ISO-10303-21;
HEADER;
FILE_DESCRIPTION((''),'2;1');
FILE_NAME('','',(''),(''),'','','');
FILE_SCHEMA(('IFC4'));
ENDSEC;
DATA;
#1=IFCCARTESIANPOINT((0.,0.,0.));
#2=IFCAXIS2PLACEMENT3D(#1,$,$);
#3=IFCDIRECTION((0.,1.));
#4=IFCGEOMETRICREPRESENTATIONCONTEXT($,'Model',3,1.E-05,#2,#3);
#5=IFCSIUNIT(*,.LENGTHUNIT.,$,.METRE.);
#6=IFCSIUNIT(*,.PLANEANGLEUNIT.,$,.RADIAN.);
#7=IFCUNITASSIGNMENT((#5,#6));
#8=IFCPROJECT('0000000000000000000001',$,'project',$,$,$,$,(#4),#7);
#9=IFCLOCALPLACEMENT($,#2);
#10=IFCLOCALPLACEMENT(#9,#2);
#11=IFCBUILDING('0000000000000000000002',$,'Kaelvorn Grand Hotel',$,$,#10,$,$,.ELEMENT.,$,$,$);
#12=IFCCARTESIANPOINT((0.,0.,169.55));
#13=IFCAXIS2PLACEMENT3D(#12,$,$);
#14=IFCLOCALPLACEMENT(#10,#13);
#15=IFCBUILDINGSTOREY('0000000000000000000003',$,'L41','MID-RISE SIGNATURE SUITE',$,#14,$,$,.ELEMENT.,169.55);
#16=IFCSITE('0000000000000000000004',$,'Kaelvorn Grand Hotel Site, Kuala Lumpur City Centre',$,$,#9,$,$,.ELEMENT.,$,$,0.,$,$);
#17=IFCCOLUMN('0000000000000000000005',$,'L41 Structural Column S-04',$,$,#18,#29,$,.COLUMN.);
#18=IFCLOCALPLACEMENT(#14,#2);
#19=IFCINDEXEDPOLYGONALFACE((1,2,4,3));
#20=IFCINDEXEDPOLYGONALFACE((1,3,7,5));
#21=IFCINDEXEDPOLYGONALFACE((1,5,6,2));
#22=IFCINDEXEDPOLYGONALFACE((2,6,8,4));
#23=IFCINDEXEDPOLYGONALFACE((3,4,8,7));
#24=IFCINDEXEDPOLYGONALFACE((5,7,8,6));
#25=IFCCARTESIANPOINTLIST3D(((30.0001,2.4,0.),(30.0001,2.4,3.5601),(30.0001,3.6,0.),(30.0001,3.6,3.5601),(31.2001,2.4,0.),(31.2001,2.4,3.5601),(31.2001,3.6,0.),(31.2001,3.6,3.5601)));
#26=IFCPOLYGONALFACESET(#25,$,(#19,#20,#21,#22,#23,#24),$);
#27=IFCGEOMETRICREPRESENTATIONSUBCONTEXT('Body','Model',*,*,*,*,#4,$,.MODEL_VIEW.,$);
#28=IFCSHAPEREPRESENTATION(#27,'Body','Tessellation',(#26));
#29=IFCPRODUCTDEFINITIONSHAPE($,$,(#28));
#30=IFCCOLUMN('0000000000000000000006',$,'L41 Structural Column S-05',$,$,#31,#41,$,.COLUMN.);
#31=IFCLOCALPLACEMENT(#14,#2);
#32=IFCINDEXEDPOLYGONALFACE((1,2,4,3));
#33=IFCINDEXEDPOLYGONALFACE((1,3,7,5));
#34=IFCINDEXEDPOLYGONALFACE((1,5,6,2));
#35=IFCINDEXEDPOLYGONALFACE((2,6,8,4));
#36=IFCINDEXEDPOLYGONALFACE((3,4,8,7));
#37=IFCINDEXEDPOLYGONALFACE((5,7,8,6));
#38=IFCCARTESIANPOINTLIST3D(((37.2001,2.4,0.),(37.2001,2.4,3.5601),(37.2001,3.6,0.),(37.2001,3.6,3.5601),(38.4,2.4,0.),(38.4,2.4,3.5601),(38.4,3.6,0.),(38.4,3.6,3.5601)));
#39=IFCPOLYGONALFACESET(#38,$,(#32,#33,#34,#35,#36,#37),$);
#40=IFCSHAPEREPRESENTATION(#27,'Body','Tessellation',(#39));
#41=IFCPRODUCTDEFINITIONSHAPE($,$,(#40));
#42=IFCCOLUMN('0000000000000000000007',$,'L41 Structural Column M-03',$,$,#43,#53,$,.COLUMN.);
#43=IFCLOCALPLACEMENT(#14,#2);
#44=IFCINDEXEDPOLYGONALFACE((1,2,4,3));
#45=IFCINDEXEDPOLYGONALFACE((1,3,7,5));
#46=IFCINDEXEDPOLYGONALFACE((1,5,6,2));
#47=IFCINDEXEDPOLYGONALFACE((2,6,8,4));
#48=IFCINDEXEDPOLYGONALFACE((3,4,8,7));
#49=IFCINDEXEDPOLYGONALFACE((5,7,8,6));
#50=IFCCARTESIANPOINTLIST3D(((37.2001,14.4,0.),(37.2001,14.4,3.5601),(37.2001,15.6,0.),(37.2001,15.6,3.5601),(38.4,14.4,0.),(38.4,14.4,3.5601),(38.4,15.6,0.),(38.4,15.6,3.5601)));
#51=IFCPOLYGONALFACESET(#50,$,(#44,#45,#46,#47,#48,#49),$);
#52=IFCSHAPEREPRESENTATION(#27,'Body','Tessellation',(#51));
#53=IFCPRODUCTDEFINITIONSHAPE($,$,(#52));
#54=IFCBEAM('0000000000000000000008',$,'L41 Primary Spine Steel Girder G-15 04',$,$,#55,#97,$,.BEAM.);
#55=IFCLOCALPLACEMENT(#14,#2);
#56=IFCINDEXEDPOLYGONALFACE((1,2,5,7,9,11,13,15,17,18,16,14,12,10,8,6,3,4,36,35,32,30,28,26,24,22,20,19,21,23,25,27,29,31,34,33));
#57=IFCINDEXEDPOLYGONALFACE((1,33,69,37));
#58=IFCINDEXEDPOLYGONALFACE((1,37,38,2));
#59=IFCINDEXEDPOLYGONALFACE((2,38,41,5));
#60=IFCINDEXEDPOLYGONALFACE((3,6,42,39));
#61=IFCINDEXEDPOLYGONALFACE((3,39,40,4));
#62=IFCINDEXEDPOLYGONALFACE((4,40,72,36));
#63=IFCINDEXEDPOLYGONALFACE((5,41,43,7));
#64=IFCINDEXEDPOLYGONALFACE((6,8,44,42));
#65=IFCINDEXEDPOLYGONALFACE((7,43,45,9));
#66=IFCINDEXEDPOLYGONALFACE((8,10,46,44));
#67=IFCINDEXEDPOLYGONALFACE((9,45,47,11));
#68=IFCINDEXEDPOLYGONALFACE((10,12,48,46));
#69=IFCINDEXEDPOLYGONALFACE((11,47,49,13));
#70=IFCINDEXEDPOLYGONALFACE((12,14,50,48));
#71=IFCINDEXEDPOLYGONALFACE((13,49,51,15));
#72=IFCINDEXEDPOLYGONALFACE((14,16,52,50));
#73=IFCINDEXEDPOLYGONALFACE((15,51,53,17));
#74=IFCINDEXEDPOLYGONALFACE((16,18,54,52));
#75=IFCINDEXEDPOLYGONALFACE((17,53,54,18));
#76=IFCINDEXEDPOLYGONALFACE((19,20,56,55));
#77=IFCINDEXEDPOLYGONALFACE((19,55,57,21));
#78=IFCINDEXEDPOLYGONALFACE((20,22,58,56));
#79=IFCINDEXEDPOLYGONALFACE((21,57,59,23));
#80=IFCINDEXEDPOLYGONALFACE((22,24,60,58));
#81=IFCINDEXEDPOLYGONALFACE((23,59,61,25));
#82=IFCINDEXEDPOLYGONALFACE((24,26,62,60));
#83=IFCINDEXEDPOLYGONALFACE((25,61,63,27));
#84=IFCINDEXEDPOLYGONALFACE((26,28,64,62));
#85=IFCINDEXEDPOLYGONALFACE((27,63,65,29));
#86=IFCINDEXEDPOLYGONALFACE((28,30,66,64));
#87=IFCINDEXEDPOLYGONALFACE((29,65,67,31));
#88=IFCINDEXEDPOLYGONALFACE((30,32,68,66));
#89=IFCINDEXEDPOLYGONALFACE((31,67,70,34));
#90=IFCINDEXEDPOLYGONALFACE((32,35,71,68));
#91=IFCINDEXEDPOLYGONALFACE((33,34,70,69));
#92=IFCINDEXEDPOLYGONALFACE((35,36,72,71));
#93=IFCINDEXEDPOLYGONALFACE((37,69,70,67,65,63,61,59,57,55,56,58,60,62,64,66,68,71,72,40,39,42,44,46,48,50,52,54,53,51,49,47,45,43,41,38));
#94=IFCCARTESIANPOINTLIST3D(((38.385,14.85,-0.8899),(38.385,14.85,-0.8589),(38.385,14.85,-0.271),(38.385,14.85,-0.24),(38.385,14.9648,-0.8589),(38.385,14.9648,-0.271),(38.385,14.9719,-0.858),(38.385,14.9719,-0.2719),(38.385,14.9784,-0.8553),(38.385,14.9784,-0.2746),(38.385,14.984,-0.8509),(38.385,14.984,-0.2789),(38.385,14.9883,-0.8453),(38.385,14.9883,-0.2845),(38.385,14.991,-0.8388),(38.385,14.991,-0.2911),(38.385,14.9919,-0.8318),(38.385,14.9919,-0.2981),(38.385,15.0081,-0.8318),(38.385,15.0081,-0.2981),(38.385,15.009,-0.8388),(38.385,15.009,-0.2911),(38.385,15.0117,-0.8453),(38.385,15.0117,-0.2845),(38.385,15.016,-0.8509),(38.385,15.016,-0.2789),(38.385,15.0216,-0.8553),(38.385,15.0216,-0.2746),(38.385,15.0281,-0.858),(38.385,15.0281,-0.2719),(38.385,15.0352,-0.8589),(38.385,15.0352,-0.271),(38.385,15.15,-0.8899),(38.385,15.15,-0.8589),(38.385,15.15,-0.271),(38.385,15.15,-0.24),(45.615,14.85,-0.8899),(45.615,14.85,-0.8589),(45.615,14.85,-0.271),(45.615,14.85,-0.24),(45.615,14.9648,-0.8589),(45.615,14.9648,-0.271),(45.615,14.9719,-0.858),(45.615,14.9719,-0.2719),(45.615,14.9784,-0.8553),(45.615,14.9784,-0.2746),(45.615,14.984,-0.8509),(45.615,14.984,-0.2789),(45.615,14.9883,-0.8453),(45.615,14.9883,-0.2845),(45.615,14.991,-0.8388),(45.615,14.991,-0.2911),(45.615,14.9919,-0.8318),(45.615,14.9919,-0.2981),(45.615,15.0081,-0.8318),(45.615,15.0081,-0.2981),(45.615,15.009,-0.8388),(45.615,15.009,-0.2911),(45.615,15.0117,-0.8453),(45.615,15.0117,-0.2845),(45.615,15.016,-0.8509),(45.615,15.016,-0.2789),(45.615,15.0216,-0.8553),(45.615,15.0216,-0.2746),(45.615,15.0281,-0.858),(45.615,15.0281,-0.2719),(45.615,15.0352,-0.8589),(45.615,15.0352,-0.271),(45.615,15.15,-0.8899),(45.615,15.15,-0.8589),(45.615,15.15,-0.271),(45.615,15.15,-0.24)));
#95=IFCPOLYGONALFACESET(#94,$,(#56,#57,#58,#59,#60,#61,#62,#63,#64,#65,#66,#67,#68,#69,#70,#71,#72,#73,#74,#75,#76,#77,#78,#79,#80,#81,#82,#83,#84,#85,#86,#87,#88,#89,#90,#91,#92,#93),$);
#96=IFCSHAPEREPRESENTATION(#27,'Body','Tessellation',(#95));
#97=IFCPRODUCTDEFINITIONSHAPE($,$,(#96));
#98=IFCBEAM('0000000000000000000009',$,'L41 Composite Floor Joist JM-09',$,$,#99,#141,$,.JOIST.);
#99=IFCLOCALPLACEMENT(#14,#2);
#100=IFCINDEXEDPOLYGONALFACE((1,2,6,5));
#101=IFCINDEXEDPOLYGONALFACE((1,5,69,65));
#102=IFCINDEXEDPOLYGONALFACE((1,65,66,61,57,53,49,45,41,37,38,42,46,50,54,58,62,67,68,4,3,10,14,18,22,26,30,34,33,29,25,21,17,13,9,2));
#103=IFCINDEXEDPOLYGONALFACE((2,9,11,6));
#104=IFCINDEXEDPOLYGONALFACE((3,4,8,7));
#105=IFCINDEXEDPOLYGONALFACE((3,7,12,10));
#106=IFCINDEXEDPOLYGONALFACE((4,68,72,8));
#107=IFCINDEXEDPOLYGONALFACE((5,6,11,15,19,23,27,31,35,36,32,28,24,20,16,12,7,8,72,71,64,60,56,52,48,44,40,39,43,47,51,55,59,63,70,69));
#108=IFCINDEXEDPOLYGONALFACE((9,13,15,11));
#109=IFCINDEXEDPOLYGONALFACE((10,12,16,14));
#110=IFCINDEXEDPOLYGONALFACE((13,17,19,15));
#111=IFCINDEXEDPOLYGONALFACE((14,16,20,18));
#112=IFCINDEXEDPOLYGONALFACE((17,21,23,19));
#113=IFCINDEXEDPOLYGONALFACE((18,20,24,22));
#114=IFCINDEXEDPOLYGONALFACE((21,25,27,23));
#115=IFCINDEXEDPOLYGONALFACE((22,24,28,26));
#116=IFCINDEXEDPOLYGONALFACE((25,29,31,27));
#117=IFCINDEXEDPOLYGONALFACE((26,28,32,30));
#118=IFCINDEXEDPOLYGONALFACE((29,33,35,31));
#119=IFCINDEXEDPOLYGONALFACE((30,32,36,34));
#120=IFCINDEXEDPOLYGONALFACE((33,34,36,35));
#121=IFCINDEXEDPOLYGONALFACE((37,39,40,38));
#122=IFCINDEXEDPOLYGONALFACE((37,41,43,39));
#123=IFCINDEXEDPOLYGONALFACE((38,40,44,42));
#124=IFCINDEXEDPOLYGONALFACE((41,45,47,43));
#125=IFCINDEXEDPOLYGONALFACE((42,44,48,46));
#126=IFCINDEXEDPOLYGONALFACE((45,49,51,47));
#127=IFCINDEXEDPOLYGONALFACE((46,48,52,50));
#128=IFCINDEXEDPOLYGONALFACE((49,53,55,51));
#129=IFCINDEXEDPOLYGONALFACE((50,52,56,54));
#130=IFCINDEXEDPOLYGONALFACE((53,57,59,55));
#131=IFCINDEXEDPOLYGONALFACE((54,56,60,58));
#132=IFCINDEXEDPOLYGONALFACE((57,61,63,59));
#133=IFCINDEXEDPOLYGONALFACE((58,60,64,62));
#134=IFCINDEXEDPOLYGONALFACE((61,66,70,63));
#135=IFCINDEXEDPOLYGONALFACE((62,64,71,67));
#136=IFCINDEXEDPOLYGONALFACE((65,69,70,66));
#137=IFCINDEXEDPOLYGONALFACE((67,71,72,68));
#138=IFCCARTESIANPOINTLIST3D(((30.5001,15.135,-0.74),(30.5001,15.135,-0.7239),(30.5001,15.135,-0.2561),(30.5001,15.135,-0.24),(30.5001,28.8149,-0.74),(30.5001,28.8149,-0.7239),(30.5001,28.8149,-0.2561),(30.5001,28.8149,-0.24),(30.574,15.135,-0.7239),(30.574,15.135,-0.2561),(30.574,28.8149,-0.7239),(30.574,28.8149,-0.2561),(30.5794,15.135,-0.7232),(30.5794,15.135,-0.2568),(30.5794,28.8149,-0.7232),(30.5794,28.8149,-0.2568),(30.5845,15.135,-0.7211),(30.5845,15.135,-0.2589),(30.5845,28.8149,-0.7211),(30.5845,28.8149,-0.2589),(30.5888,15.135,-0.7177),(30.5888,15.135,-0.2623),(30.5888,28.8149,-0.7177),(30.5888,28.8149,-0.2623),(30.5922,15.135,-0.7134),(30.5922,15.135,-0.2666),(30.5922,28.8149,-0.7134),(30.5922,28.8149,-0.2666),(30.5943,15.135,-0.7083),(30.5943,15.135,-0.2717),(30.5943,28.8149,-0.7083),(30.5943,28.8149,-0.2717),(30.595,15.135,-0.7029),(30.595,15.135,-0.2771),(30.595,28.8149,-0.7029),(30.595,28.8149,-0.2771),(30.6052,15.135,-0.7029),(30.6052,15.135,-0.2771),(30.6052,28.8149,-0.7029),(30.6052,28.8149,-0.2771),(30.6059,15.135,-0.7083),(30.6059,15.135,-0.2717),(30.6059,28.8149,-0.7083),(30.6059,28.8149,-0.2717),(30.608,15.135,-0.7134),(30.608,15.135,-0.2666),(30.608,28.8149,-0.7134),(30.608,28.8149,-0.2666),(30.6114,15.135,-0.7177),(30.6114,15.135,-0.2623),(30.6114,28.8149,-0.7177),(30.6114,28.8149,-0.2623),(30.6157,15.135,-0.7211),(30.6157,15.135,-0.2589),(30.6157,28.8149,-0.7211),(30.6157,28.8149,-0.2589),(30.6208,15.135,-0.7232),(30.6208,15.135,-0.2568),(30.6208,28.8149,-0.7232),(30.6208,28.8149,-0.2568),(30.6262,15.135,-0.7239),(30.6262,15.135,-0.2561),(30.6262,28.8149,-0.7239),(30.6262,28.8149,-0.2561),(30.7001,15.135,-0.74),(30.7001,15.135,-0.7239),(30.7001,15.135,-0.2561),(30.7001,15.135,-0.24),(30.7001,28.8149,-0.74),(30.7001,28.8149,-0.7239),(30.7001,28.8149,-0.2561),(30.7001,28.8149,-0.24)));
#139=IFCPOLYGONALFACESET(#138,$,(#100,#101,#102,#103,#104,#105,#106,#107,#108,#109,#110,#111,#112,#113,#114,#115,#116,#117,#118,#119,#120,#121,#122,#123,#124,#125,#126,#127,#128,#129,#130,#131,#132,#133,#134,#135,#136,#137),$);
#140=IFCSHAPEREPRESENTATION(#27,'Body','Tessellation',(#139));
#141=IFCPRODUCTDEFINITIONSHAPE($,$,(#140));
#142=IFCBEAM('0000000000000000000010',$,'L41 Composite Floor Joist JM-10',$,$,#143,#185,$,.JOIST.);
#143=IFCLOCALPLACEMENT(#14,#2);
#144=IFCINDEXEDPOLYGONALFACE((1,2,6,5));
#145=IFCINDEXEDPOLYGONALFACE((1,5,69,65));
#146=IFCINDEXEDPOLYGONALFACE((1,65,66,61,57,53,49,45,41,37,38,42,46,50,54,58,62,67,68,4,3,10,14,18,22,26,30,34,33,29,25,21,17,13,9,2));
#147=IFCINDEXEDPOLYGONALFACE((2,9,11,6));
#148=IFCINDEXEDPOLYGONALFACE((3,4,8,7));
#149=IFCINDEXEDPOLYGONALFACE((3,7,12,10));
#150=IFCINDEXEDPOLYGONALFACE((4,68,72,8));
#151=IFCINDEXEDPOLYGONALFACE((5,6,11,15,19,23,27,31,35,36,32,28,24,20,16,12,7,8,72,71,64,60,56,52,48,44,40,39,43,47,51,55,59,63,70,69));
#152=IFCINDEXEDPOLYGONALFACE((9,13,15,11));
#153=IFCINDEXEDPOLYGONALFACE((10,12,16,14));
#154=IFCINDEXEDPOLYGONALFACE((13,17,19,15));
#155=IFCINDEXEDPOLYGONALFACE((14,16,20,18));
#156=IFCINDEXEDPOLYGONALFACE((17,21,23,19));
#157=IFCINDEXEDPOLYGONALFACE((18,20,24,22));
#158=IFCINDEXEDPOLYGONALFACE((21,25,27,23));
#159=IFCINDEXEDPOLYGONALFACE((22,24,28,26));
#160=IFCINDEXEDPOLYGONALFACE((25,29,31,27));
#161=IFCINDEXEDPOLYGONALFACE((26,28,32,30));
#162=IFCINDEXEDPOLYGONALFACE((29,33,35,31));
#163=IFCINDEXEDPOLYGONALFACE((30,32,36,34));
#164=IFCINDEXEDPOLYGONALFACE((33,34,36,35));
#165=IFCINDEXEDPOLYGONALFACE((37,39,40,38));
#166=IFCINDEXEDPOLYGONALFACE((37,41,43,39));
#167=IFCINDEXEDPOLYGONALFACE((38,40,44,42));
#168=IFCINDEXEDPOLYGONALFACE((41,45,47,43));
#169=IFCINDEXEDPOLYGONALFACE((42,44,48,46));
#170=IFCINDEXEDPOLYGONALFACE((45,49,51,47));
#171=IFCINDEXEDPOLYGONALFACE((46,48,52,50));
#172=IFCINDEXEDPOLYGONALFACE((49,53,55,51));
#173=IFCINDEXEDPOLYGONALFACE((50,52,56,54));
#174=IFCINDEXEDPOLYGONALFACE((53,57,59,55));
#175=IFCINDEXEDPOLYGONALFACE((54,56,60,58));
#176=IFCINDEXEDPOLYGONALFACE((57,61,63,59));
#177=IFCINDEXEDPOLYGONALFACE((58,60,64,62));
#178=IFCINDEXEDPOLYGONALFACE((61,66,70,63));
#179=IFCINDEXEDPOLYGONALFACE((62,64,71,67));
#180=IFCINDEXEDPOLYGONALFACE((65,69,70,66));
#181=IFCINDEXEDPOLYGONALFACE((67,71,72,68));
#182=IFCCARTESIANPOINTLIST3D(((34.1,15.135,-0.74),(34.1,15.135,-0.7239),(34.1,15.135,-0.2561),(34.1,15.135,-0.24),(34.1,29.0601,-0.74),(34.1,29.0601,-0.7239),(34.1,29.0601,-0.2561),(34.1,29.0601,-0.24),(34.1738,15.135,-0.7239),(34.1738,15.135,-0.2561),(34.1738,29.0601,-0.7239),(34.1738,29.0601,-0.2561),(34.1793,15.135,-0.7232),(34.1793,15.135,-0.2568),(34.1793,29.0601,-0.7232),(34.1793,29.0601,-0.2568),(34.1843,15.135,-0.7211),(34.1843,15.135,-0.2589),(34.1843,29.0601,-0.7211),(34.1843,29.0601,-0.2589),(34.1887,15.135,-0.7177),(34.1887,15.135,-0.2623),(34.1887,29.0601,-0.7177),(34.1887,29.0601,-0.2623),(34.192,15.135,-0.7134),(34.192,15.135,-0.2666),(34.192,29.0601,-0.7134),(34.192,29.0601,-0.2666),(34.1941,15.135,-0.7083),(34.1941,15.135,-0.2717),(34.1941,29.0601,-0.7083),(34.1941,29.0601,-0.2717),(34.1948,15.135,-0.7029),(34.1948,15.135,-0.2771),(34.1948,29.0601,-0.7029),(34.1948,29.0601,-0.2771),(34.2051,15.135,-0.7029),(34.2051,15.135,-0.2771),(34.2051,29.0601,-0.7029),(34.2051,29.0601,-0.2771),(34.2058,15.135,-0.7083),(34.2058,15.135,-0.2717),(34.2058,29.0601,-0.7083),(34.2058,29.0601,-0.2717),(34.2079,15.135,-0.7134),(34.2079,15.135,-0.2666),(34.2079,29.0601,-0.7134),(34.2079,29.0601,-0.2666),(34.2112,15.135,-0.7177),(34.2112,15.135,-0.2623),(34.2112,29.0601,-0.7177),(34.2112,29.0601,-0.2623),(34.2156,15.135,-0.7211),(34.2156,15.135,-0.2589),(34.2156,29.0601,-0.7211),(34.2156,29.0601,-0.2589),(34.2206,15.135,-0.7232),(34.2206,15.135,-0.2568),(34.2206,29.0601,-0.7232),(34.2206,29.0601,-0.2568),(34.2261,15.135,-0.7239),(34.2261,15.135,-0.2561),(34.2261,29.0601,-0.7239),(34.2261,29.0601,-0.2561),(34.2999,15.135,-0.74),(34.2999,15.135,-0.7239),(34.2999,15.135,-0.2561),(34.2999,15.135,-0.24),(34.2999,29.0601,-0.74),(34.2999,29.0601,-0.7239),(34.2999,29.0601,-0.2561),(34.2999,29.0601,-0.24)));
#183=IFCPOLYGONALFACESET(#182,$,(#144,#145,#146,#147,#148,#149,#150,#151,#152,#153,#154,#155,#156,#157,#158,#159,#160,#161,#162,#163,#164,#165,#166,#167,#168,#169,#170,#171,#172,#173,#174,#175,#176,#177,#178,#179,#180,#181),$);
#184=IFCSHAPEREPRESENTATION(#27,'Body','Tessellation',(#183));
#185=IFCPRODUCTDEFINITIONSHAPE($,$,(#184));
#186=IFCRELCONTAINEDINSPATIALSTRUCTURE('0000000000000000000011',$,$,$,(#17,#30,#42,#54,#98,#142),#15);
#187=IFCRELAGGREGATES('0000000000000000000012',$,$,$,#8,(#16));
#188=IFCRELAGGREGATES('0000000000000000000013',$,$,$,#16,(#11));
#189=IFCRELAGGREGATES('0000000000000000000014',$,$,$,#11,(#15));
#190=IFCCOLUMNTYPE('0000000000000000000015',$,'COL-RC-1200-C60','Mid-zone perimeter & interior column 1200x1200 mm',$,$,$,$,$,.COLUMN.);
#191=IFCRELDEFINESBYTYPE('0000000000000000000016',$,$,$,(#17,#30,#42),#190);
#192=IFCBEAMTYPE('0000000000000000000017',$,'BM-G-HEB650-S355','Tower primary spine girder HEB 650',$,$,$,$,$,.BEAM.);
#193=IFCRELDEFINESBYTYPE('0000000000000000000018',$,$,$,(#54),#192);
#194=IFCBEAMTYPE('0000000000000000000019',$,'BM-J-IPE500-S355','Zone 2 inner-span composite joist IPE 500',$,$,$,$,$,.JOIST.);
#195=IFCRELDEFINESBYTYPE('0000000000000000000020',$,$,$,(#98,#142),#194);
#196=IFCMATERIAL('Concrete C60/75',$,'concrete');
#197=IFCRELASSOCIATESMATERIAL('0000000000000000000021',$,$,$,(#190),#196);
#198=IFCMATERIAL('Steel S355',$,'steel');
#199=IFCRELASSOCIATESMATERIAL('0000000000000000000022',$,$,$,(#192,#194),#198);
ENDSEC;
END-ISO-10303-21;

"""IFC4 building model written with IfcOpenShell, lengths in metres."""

from ifc_helpers import new_model, si_unit, direction, frame, origin, origin_2d, place, context, subcontext, project, spatial, rectangle, i_section, extrude, material, material_profile, profile_set, type_object, element, save


model = new_model("IFC4")

# Units and contexts
model_context = context("Model", 3, precision=1e-05, world=origin(), true_north=direction((0.0, 1.0)))
body_context = subcontext(model_context, "Body", "Model", "MODEL_VIEW")
ifc_project = project(units=[si_unit("LENGTHUNIT", "METRE"), si_unit("PLANEANGLEUNIT", "RADIAN")], contexts=[model_context])

# Site, building, storey
site_placement = place(None, origin())
site = spatial("IfcSite", under=ifc_project, at=site_placement, Name="Kaelvorn Grand Hotel Site, Kuala Lumpur City Centre", CompositionType="ELEMENT", RefElevation=0.0)
building_placement = place(site_placement, origin())
building = spatial("IfcBuilding", under=site, at=building_placement, Name="Kaelvorn Grand Hotel", CompositionType="ELEMENT")
storey_placement = place(building_placement, frame((0.0, 0.0, 169.55)))
storey = spatial("IfcBuildingStorey", under=building, at=storey_placement, Name="L41", Description="MID-RISE SIGNATURE SUITE", CompositionType="ELEMENT", Elevation=169.55)

# Columns
ifc_material_1 = material(Name="Concrete C60/75", Category="concrete")
ifc_material_profile_1 = material_profile(ifc_material_1, rectangle(XDim=1.2, YDim=1.2, at=origin_2d()), Name="RC COL 1200x1200")
ifc_profile_set_1 = profile_set([ifc_material_profile_1], Name="Concrete C60/75")
column_type = type_object("IfcColumnType", Name="COL-RC-1200-C60", Description="Mid-zone perimeter & interior column 1200x1200 mm", PredefinedType="COLUMN", material=ifc_profile_set_1)
for number, where, z_axis, x_axis, name in (
    (1, (30.6001, 3.0, 0.0), (0.0, 0.0, 1.0), (1.0, 0.0, 0.0), "L41 Structural Column S-04"),
    (2, (37.8, 3.0, 0.0), (0.0, 0.0, 1.0), (1.0, 0.0, 0.0), "L41 Structural Column S-05"),
    (3, (37.8, 15.0, 0.0), (0.0, 0.0, 1.0), (1.0, 0.0, 0.0), "L41 Structural Column M-03"),
):
    element("IfcColumn", number, at=place(storey_placement, frame(where, z_axis=z_axis, x_axis=x_axis)), inside=storey, type_object=column_type, Name=name, PredefinedType="COLUMN", context=body_context, shape_type="SweptSolid", body=[
        extrude(rectangle(XDim=1.2, YDim=1.2, at=origin_2d()), origin(), (0.0, 0.0, 1.0), 3.5601),
    ])

# Beams
ifc_material_2 = material(Name="Steel S355", Category="steel")
ifc_material_profile_2 = material_profile(ifc_material_2, i_section(OverallWidth=0.3, OverallDepth=0.6499, WebThickness=0.0161, FlangeThickness=0.031, FilletRadius=0.0271, at=origin_2d()), Name="HEB 650")
ifc_profile_set_2 = profile_set([ifc_material_profile_2], Name="Steel S355")
beam_type_1 = type_object("IfcBeamType", Name="BM-G-HEB650-S355", Description="Tower primary spine girder HEB 650", PredefinedType="BEAM", material=ifc_profile_set_2)
beam_1_placement = place(storey_placement, frame((38.385, 15.0, -0.5649), z_axis=(1.0, 0.0, 0.0), x_axis=(0.0, 1.0, 0.0)))
element("IfcBeam", 4, at=beam_1_placement, inside=storey, type_object=beam_type_1, Name="L41 Primary Spine Steel Girder G-15 04", PredefinedType="BEAM", context=body_context, shape_type="SweptSolid", body=[
    extrude(i_section(OverallWidth=0.3, OverallDepth=0.6499, WebThickness=0.0161, FlangeThickness=0.031, FilletRadius=0.0271, at=origin_2d()), origin(), (0.0, 0.0, 1.0), 7.23),
])
ifc_material_profile_3 = material_profile(ifc_material_2, i_section(OverallWidth=0.2, OverallDepth=0.5, WebThickness=0.0103, FlangeThickness=0.0161, FilletRadius=0.021, at=origin_2d()), Name="IPE 500")
ifc_profile_set_3 = profile_set([ifc_material_profile_3], Name="Steel S355")
beam_type_2 = type_object("IfcBeamType", Name="BM-J-IPE500-S355", Description="Zone 2 inner-span composite joist IPE 500", PredefinedType="JOIST", material=ifc_profile_set_3)
beam_2_placement = place(storey_placement, frame((30.6001, 15.135, -0.49), z_axis=(0.0, 1.0, 0.0), x_axis=(-1.0, 0.0, 0.0)))
element("IfcBeam", 5, at=beam_2_placement, inside=storey, type_object=beam_type_2, Name="L41 Composite Floor Joist JM-09", PredefinedType="JOIST", context=body_context, shape_type="SweptSolid", body=[
    extrude(i_section(OverallWidth=0.2, OverallDepth=0.5, WebThickness=0.0103, FlangeThickness=0.0161, FilletRadius=0.021, at=origin_2d()), origin(), (0.0, 0.0, 1.0), 13.6799),
])
beam_3_placement = place(storey_placement, frame((34.2, 15.135, -0.49), z_axis=(0.0, 1.0, 0.0), x_axis=(-1.0, 0.0, 0.0)))
element("IfcBeam", 6, at=beam_3_placement, inside=storey, type_object=beam_type_2, Name="L41 Composite Floor Joist JM-10", PredefinedType="JOIST", context=body_context, shape_type="SweptSolid", body=[
    extrude(i_section(OverallWidth=0.2, OverallDepth=0.5, WebThickness=0.0103, FlangeThickness=0.0161, FilletRadius=0.021, at=origin_2d()), origin(), (0.0, 0.0, 1.0), 13.925),
])

save(model, "model.ifc")
